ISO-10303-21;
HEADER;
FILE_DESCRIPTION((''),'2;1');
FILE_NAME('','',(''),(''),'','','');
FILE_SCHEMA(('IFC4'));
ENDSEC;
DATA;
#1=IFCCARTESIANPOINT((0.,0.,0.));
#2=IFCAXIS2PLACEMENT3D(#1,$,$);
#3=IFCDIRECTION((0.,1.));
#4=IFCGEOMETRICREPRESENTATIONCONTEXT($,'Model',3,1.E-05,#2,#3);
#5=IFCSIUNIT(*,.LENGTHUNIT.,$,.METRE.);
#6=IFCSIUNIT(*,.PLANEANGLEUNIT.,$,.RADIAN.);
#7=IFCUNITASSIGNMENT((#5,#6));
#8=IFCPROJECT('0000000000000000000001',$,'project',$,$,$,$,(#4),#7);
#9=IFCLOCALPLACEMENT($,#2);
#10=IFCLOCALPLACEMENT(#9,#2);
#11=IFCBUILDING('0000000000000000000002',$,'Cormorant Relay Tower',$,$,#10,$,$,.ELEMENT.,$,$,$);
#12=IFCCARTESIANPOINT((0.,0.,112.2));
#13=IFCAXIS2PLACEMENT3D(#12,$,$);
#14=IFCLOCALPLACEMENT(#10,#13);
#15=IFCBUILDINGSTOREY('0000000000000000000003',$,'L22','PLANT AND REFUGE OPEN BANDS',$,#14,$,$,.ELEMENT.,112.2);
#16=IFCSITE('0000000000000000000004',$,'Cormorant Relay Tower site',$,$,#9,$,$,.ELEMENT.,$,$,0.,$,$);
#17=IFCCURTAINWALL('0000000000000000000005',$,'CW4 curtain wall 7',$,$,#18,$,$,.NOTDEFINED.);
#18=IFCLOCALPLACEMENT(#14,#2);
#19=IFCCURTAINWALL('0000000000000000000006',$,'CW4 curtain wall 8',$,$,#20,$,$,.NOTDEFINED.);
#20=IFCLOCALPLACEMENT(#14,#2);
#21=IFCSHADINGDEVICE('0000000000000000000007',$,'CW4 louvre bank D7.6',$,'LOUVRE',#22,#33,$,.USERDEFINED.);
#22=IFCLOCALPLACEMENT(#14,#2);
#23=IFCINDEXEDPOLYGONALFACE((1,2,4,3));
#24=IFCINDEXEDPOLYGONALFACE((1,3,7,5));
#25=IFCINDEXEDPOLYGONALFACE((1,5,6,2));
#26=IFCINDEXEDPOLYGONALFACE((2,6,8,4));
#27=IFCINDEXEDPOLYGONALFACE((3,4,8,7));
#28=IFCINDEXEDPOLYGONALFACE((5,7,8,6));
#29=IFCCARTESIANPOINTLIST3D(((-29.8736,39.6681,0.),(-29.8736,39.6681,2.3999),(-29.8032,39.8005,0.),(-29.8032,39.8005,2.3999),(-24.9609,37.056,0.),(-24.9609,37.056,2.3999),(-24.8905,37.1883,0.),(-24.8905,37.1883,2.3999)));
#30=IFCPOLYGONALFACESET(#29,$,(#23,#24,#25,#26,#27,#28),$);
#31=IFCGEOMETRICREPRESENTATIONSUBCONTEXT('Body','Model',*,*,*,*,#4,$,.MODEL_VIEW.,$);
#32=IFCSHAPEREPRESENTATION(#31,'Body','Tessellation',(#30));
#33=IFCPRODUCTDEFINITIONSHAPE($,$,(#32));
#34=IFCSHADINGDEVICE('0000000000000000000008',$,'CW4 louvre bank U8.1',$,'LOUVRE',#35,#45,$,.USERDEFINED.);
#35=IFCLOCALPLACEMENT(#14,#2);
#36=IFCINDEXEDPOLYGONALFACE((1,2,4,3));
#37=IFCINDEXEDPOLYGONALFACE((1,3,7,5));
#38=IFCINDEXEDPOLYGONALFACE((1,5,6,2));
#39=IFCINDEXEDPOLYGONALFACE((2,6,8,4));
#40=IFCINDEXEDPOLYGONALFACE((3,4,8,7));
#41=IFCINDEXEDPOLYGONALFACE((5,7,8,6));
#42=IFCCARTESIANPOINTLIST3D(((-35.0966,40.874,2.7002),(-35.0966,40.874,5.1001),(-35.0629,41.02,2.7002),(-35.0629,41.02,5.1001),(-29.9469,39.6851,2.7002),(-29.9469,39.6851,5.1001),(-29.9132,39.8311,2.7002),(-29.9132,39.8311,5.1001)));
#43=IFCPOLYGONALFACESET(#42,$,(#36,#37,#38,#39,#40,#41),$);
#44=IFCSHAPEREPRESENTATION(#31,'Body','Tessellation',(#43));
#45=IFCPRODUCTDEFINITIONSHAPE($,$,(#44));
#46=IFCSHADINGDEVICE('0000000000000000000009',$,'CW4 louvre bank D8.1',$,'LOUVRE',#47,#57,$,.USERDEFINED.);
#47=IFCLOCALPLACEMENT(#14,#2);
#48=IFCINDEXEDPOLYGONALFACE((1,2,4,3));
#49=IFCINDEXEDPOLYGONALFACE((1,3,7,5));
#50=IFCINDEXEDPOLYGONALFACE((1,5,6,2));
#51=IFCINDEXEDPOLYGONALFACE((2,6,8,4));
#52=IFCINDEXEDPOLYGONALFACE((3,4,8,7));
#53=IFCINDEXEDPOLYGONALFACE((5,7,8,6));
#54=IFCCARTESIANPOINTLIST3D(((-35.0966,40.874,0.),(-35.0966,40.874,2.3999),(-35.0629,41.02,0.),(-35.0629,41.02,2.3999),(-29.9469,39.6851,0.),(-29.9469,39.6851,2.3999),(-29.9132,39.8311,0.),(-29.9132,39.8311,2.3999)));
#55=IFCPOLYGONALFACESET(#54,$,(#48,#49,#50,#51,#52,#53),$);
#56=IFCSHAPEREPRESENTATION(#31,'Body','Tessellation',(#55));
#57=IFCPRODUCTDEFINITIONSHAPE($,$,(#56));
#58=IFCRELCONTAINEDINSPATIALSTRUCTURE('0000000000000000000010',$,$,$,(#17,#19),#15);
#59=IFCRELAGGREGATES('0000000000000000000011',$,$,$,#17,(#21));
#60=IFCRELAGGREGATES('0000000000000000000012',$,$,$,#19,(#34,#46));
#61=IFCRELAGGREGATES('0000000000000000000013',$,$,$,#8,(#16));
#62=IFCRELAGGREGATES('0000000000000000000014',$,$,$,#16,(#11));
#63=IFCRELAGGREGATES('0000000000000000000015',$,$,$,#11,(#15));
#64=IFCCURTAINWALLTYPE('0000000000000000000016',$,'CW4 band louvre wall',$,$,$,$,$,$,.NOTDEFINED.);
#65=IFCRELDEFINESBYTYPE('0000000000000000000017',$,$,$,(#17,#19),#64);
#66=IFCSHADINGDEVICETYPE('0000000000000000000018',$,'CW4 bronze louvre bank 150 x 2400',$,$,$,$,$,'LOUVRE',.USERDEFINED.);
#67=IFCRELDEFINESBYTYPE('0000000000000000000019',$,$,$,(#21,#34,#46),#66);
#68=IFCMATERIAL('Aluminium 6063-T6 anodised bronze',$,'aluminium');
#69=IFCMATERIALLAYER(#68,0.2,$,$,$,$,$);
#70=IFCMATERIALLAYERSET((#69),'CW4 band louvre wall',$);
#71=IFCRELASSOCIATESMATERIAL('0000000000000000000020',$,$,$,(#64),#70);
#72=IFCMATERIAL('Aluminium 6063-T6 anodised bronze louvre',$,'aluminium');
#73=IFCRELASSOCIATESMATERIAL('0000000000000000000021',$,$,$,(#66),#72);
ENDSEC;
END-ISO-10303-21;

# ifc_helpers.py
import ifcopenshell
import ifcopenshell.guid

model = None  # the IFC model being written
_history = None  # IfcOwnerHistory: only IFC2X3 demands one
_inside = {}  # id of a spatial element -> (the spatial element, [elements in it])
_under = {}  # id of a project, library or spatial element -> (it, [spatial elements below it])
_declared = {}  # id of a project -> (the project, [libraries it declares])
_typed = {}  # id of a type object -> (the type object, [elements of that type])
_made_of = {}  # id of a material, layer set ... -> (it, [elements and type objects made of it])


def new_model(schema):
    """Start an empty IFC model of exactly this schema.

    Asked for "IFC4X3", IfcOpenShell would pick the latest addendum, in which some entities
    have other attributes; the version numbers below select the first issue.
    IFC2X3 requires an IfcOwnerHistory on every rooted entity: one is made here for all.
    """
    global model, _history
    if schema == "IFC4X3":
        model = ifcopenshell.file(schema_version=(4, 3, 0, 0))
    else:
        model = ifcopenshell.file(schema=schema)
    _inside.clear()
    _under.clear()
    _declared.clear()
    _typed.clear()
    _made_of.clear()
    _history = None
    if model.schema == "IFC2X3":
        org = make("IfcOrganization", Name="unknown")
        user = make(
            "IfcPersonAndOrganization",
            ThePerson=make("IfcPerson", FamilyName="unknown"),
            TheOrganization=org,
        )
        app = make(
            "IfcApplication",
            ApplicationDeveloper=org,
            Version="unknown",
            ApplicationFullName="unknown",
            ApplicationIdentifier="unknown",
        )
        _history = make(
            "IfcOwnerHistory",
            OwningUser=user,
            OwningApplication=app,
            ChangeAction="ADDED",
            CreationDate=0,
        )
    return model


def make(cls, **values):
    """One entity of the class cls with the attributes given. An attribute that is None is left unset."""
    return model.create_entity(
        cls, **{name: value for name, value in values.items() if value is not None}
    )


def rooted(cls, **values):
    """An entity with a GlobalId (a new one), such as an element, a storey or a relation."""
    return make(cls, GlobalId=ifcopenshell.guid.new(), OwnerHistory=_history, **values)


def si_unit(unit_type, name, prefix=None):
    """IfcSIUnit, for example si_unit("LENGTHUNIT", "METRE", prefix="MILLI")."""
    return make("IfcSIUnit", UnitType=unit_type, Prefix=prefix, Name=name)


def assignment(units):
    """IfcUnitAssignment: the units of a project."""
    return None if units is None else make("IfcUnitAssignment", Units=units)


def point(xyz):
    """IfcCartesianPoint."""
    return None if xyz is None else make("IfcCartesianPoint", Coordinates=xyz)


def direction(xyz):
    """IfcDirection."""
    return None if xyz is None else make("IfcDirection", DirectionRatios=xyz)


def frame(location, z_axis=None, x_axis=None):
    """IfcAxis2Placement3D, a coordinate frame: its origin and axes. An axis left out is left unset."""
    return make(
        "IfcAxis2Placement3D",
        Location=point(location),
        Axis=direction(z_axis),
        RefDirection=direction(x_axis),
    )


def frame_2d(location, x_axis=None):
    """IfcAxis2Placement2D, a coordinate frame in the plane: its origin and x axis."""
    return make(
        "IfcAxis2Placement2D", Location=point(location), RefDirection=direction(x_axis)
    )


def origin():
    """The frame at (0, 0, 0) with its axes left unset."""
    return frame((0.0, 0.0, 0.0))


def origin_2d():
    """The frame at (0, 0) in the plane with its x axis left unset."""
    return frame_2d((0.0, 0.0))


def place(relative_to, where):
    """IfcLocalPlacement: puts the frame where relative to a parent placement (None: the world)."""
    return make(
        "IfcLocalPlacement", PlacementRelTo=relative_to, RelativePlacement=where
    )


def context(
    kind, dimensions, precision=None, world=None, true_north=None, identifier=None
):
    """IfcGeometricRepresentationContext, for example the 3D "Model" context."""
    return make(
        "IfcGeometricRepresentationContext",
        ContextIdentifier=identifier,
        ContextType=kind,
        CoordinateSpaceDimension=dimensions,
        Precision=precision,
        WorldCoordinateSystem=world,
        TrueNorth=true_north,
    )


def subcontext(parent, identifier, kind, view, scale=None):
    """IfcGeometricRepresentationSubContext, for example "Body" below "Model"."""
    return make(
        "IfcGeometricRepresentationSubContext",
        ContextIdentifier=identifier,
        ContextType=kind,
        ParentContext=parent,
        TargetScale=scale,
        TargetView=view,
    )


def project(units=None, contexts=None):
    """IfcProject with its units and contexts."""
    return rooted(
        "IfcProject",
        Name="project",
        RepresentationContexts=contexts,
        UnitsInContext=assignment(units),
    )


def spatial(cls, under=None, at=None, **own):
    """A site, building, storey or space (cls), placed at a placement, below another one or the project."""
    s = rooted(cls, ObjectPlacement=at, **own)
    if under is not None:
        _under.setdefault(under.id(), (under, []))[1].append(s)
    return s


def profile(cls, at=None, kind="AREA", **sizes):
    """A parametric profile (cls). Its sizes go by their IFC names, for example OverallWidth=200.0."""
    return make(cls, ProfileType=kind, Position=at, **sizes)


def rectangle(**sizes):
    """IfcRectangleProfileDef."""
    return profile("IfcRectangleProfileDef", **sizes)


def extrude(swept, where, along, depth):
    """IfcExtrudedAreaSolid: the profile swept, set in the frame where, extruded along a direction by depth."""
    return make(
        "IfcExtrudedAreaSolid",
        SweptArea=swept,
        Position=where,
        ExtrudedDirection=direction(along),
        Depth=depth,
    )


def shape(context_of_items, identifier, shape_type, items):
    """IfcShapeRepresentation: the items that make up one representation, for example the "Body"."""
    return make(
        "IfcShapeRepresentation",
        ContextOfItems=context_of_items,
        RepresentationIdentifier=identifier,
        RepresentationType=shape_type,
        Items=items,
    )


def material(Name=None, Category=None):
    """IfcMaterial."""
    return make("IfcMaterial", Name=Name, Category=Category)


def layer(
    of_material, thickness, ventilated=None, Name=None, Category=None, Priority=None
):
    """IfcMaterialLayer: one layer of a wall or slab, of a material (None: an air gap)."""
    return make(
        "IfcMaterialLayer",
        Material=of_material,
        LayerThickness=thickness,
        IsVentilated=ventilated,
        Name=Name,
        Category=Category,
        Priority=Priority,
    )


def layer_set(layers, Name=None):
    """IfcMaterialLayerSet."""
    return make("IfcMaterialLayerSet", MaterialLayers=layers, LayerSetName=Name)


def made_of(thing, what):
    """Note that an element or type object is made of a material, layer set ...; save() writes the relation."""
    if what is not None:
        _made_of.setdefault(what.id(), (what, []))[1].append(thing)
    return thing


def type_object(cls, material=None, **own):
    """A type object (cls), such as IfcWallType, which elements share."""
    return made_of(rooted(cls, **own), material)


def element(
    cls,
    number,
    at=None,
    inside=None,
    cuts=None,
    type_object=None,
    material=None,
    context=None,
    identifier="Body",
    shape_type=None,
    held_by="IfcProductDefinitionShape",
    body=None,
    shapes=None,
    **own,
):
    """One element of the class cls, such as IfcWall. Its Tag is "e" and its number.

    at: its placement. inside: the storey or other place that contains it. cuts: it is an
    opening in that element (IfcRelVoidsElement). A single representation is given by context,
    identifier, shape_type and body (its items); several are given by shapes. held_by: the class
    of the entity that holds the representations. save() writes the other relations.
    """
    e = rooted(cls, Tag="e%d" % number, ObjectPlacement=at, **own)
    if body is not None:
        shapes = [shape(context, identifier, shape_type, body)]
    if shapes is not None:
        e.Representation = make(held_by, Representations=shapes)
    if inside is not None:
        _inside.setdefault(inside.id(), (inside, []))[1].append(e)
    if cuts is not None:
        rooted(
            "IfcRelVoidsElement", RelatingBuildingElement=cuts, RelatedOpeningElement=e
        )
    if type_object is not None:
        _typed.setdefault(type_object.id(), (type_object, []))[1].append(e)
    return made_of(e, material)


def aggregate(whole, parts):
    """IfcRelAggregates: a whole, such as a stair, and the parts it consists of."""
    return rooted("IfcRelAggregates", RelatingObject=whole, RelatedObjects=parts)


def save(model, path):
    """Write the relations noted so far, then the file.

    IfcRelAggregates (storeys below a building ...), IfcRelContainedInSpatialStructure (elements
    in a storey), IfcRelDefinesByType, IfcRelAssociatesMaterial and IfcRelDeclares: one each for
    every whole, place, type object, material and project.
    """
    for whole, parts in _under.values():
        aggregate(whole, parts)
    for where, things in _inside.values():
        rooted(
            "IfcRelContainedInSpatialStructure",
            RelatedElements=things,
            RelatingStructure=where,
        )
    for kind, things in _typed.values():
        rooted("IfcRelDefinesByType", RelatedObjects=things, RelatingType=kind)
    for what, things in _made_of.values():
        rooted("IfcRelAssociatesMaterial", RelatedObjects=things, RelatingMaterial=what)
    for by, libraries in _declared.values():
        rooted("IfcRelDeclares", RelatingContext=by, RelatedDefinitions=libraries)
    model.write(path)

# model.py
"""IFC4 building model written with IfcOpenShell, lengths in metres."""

from ifc_helpers import new_model, si_unit, direction, frame, origin, origin_2d, place, context, subcontext, project, spatial, rectangle, extrude, material, layer, layer_set, type_object, element, aggregate, save


model = new_model("IFC4")

# Units and contexts
model_context = context("Model", 3, precision=1e-05, world=origin(), true_north=direction((0.0, 1.0)))
body_context = subcontext(model_context, "Body", "Model", "MODEL_VIEW")
ifc_project = project(units=[si_unit("LENGTHUNIT", "METRE"), si_unit("PLANEANGLEUNIT", "RADIAN")], contexts=[model_context])

# Site, building, storey
site_placement = place(None, origin())
site = spatial("IfcSite", under=ifc_project, at=site_placement, Name="Cormorant Relay Tower site", CompositionType="ELEMENT", RefElevation=0.0)
building_placement = place(site_placement, origin())
building = spatial("IfcBuilding", under=site, at=building_placement, Name="Cormorant Relay Tower", CompositionType="ELEMENT")
storey_placement = place(building_placement, frame((0.0, 0.0, 112.2)))
storey = spatial("IfcBuildingStorey", under=building, at=storey_placement, Name="L22", Description="PLANT AND REFUGE OPEN BANDS", CompositionType="ELEMENT", Elevation=112.2)

# Curtain wall
ifc_material_1 = material(Name="Aluminium 6063-T6 anodised bronze", Category="aluminium")
ifc_layer_1 = layer(ifc_material_1, 0.2)
ifc_layer_set_1 = layer_set([ifc_layer_1], Name="CW4 band louvre wall")
curtain_wall_type = type_object("IfcCurtainWallType", Name="CW4 band louvre wall", PredefinedType="NOTDEFINED", material=ifc_layer_set_1)
curtain_wall_1_placement = place(storey_placement, origin())
curtain_wall_1 = element("IfcCurtainWall", 1, at=curtain_wall_1_placement, inside=storey, type_object=curtain_wall_type, Name="CW4 curtain wall 7", PredefinedType="NOTDEFINED")

# Curtain wall
curtain_wall_2_placement = place(storey_placement, origin())
curtain_wall_2 = element("IfcCurtainWall", 2, at=curtain_wall_2_placement, inside=storey, type_object=curtain_wall_type, Name="CW4 curtain wall 8", PredefinedType="NOTDEFINED")

# Shading devices
ifc_material_2 = material(Name="Aluminium 6063-T6 anodised bronze louvre", Category="aluminium")
shading_device_type = type_object("IfcShadingDeviceType", Name="CW4 bronze louvre bank 150 x 2400", ElementType="LOUVRE", PredefinedType="USERDEFINED", material=ifc_material_2)
shading_device_1_placement = place(storey_placement, frame((-27.3821, 38.4282, 0.0), z_axis=(0.0, 0.0, 1.0), x_axis=(-0.882948, 0.469472, 0.0)))
shading_device_1 = element("IfcShadingDevice", 3, at=shading_device_1_placement, type_object=shading_device_type, Name="CW4 louvre bank D7.6", ObjectType="LOUVRE", PredefinedType="USERDEFINED", context=body_context, shape_type="SweptSolid", body=[
    extrude(rectangle(XDim=5.564, YDim=0.1499, at=origin_2d()), origin(), (0.0, 0.0, 1.0), 2.3999),
])
aggregate(curtain_wall_1, [shading_device_1])
shading_device_2_placement = place(storey_placement, frame((-32.5049, 40.3525, 2.7002), z_axis=(0.0, 0.0, 1.0), x_axis=(-0.97437, 0.224951, 0.0)))
shading_device_2 = element("IfcShadingDevice", 4, at=shading_device_2_placement, type_object=shading_device_type, Name="CW4 louvre bank U8.1", ObjectType="LOUVRE", PredefinedType="USERDEFINED", context=body_context, shape_type="SweptSolid", body=[
    extrude(rectangle(XDim=5.2852, YDim=0.1499, at=origin_2d()), origin(), (0.0, 0.0, 1.0), 2.3999),
])
shading_device_3_placement = place(storey_placement, frame((-32.5049, 40.3525, 0.0), z_axis=(0.0, 0.0, 1.0), x_axis=(-0.97437, 0.224951, 0.0)))
shading_device_3 = element("IfcShadingDevice", 5, at=shading_device_3_placement, type_object=shading_device_type, Name="CW4 louvre bank D8.1", ObjectType="LOUVRE", PredefinedType="USERDEFINED", context=body_context, shape_type="SweptSolid", body=[
    extrude(rectangle(XDim=5.2852, YDim=0.1499, at=origin_2d()), origin(), (0.0, 0.0, 1.0), 2.3999),
])
aggregate(curtain_wall_2, [shading_device_2, shading_device_3])

save(model, "model.ifc")
